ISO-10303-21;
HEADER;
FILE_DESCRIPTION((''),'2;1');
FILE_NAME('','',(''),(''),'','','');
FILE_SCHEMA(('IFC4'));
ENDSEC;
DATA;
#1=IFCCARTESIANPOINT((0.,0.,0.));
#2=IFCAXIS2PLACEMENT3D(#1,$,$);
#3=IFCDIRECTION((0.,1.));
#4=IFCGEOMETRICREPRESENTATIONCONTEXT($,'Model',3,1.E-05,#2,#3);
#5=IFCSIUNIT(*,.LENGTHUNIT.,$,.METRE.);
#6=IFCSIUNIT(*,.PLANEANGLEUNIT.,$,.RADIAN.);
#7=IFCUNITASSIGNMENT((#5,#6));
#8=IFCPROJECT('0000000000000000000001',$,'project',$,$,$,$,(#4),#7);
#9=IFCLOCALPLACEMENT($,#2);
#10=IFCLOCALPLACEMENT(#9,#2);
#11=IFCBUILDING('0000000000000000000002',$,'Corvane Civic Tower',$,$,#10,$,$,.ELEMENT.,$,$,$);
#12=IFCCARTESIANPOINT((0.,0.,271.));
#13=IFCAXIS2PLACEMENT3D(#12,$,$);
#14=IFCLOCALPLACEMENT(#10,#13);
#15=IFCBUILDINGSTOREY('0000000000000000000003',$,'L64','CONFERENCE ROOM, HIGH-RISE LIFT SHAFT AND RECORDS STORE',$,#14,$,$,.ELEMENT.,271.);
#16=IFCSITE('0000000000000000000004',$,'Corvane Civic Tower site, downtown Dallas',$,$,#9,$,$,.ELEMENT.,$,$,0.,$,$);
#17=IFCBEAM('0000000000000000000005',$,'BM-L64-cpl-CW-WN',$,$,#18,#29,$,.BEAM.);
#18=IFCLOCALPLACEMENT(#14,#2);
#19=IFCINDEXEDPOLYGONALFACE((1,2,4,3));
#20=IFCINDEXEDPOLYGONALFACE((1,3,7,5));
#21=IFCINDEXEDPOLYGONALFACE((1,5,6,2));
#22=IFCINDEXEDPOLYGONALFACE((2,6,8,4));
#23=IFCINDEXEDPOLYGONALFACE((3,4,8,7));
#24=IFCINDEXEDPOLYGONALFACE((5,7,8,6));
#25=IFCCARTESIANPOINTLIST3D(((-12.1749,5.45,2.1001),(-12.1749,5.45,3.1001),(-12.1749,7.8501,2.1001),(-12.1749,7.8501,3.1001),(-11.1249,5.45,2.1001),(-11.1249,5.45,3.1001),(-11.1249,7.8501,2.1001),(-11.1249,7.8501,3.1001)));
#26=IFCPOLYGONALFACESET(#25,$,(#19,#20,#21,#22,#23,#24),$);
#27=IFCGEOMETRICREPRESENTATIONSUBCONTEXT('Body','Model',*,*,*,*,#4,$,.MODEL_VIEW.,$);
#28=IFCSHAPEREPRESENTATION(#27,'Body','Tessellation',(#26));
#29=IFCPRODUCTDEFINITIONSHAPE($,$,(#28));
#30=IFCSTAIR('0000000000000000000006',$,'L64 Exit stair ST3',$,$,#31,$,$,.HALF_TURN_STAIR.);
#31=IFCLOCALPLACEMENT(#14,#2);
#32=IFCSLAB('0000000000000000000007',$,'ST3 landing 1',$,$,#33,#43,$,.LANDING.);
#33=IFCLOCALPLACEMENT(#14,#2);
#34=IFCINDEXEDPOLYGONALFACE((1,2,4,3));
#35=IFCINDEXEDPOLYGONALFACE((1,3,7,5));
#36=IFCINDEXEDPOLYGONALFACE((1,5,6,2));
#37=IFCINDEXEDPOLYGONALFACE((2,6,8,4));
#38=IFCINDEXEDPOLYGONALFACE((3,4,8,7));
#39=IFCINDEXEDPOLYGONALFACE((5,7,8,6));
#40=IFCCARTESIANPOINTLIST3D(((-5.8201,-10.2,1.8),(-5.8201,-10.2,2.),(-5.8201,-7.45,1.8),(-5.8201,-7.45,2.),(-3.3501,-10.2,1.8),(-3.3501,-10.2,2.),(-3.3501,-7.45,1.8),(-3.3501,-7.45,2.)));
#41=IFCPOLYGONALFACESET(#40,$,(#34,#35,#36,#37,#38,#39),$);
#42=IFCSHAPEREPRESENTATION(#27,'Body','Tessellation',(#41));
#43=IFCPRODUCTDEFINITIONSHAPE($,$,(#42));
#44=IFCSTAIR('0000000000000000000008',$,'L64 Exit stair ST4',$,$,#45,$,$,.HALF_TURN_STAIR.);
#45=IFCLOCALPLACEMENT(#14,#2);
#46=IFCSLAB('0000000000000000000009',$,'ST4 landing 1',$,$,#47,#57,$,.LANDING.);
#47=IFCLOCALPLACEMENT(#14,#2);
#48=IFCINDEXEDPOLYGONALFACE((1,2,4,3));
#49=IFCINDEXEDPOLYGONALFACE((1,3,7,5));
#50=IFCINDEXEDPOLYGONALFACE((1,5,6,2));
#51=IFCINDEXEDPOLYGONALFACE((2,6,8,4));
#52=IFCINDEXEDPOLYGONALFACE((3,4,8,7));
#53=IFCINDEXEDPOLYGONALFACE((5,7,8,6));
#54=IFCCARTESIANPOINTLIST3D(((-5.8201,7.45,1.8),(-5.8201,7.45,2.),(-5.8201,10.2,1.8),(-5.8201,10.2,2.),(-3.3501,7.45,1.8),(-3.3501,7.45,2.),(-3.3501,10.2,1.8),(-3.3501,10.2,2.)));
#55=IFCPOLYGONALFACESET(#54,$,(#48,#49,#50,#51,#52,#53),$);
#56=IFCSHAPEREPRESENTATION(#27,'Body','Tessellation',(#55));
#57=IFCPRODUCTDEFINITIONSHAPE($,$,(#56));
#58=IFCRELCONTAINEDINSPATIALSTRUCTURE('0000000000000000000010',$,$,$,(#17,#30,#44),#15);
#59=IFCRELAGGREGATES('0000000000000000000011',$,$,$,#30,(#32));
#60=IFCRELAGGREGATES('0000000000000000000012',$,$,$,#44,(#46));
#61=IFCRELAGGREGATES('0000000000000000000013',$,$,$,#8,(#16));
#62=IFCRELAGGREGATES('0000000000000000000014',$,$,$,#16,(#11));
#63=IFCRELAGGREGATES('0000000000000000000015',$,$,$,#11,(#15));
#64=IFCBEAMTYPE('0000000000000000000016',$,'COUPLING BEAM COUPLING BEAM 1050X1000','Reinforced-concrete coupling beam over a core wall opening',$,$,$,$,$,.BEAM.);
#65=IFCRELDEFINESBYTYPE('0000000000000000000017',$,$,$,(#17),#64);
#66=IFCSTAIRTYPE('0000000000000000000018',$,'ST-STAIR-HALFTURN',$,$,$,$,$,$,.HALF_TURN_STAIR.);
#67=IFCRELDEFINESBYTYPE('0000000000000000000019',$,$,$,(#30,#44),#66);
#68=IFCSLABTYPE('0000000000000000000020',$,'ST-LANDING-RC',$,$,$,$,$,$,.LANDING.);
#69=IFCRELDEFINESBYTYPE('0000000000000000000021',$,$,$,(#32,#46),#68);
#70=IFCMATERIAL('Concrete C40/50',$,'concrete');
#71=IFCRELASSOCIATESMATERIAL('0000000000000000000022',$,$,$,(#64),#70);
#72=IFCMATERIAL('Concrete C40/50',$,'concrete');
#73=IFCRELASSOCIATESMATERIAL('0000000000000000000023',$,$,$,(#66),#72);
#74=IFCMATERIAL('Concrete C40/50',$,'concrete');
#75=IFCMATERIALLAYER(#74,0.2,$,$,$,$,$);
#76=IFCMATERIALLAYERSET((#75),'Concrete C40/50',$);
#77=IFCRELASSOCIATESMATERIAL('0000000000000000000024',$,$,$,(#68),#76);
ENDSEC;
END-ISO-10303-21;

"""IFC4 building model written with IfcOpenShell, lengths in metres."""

from ifc_helpers import new_model, si_unit, direction, frame, origin, origin_2d, place, context, subcontext, project, spatial, polyline, rectangle, outline, extrude, material, layer, layer_set, material_profile, profile_set, type_object, element, aggregate, save


model = new_model("IFC4")

# Units and contexts
model_context = context("Model", 3, precision=1e-05, world=origin(), true_north=direction((0.0, 1.0)))
body_context = subcontext(model_context, "Body", "Model", "MODEL_VIEW")
ifc_project = project(units=[si_unit("LENGTHUNIT", "METRE"), si_unit("PLANEANGLEUNIT", "RADIAN")], contexts=[model_context])

# Site, building, storey
site_placement = place(None, origin())
site = spatial("IfcSite", under=ifc_project, at=site_placement, Name="Corvane Civic Tower site, downtown Dallas", CompositionType="ELEMENT", RefElevation=0.0)
building_placement = place(site_placement, origin())
building = spatial("IfcBuilding", under=site, at=building_placement, Name="Corvane Civic Tower", CompositionType="ELEMENT")
storey_placement = place(building_placement, frame((0.0, 0.0, 271.0)))
storey = spatial("IfcBuildingStorey", under=building, at=storey_placement, Name="L64", Description="CONFERENCE ROOM, HIGH-RISE LIFT SHAFT AND RECORDS STORE", CompositionType="ELEMENT", Elevation=271.0)

# Beam
ifc_material_1 = material(Name="Concrete C40/50", Category="concrete")
ifc_material_profile = material_profile(ifc_material_1, rectangle(XDim=1.05, YDim=1.0, at=origin_2d()), Name="COUPLING BEAM 1050X1000")
ifc_profile_set = profile_set([ifc_material_profile], Name="Concrete C40/50")
beam_type = type_object("IfcBeamType", Name="COUPLING BEAM COUPLING BEAM 1050X1000", Description="Reinforced-concrete coupling beam over a core wall opening", PredefinedType="BEAM", material=ifc_profile_set)
beam_placement = place(storey_placement, frame((-11.6499, 5.45, 2.6001), z_axis=(0.0, 1.0, 0.0), x_axis=(-1.0, 0.0, 0.0)))
element("IfcBeam", 1, at=beam_placement, inside=storey, type_object=beam_type, Name="BM-L64-cpl-CW-WN", PredefinedType="BEAM", context=body_context, shape_type="SweptSolid", body=[
    extrude(rectangle(XDim=1.05, YDim=1.0, at=origin_2d()), origin(), (0.0, 0.0, 1.0), 2.4001),
])

# Stairs, slabs
ifc_material_2 = material(Name="Concrete C40/50", Category="concrete")
stair_type = type_object("IfcStairType", Name="ST-STAIR-HALFTURN", PredefinedType="HALF_TURN_STAIR", material=ifc_material_2)
stair_1_placement = place(storey_placement, origin())
stair_1 = element("IfcStair", 2, at=stair_1_placement, inside=storey, type_object=stair_type, Name="L64 Exit stair ST3", PredefinedType="HALF_TURN_STAIR")
ifc_material_3 = material(Name="Concrete C40/50", Category="concrete")
ifc_layer_1 = layer(ifc_material_3, 0.2)
ifc_layer_set_1 = layer_set([ifc_layer_1], Name="Concrete C40/50")
slab_type = type_object("IfcSlabType", Name="ST-LANDING-RC", PredefinedType="LANDING", material=ifc_layer_set_1)
slab_1_placement = place(storey_placement, frame((0.0, 0.0, 1.8)))
slab_1 = element("IfcSlab", 3, at=slab_1_placement, type_object=slab_type, Name="ST3 landing 1", PredefinedType="LANDING", context=body_context, shape_type="SweptSolid", body=[
    extrude(outline(polyline([(-5.8201, -10.2), (-3.3501, -10.2), (-3.3501, -7.45), (-5.8201, -7.45), (-5.8201, -10.2)])), origin(), (0.0, 0.0, 1.0), 0.2),
])
aggregate(stair_1, [slab_1])
stair_2_placement = place(storey_placement, origin())
stair_2 = element("IfcStair", 4, at=stair_2_placement, inside=storey, type_object=stair_type, Name="L64 Exit stair ST4", PredefinedType="HALF_TURN_STAIR")
slab_2_placement = place(storey_placement, frame((0.0, 0.0, 1.8)))
slab_2 = element("IfcSlab", 5, at=slab_2_placement, type_object=slab_type, Name="ST4 landing 1", PredefinedType="LANDING", context=body_context, shape_type="SweptSolid", body=[
    extrude(outline(polyline([(-5.8201, 7.45), (-3.3501, 7.45), (-3.3501, 10.2), (-5.8201, 10.2), (-5.8201, 7.45)])), origin(), (0.0, 0.0, 1.0), 0.2),
])

aggregate(stair_2, [slab_2])

save(model, "model.ifc")
